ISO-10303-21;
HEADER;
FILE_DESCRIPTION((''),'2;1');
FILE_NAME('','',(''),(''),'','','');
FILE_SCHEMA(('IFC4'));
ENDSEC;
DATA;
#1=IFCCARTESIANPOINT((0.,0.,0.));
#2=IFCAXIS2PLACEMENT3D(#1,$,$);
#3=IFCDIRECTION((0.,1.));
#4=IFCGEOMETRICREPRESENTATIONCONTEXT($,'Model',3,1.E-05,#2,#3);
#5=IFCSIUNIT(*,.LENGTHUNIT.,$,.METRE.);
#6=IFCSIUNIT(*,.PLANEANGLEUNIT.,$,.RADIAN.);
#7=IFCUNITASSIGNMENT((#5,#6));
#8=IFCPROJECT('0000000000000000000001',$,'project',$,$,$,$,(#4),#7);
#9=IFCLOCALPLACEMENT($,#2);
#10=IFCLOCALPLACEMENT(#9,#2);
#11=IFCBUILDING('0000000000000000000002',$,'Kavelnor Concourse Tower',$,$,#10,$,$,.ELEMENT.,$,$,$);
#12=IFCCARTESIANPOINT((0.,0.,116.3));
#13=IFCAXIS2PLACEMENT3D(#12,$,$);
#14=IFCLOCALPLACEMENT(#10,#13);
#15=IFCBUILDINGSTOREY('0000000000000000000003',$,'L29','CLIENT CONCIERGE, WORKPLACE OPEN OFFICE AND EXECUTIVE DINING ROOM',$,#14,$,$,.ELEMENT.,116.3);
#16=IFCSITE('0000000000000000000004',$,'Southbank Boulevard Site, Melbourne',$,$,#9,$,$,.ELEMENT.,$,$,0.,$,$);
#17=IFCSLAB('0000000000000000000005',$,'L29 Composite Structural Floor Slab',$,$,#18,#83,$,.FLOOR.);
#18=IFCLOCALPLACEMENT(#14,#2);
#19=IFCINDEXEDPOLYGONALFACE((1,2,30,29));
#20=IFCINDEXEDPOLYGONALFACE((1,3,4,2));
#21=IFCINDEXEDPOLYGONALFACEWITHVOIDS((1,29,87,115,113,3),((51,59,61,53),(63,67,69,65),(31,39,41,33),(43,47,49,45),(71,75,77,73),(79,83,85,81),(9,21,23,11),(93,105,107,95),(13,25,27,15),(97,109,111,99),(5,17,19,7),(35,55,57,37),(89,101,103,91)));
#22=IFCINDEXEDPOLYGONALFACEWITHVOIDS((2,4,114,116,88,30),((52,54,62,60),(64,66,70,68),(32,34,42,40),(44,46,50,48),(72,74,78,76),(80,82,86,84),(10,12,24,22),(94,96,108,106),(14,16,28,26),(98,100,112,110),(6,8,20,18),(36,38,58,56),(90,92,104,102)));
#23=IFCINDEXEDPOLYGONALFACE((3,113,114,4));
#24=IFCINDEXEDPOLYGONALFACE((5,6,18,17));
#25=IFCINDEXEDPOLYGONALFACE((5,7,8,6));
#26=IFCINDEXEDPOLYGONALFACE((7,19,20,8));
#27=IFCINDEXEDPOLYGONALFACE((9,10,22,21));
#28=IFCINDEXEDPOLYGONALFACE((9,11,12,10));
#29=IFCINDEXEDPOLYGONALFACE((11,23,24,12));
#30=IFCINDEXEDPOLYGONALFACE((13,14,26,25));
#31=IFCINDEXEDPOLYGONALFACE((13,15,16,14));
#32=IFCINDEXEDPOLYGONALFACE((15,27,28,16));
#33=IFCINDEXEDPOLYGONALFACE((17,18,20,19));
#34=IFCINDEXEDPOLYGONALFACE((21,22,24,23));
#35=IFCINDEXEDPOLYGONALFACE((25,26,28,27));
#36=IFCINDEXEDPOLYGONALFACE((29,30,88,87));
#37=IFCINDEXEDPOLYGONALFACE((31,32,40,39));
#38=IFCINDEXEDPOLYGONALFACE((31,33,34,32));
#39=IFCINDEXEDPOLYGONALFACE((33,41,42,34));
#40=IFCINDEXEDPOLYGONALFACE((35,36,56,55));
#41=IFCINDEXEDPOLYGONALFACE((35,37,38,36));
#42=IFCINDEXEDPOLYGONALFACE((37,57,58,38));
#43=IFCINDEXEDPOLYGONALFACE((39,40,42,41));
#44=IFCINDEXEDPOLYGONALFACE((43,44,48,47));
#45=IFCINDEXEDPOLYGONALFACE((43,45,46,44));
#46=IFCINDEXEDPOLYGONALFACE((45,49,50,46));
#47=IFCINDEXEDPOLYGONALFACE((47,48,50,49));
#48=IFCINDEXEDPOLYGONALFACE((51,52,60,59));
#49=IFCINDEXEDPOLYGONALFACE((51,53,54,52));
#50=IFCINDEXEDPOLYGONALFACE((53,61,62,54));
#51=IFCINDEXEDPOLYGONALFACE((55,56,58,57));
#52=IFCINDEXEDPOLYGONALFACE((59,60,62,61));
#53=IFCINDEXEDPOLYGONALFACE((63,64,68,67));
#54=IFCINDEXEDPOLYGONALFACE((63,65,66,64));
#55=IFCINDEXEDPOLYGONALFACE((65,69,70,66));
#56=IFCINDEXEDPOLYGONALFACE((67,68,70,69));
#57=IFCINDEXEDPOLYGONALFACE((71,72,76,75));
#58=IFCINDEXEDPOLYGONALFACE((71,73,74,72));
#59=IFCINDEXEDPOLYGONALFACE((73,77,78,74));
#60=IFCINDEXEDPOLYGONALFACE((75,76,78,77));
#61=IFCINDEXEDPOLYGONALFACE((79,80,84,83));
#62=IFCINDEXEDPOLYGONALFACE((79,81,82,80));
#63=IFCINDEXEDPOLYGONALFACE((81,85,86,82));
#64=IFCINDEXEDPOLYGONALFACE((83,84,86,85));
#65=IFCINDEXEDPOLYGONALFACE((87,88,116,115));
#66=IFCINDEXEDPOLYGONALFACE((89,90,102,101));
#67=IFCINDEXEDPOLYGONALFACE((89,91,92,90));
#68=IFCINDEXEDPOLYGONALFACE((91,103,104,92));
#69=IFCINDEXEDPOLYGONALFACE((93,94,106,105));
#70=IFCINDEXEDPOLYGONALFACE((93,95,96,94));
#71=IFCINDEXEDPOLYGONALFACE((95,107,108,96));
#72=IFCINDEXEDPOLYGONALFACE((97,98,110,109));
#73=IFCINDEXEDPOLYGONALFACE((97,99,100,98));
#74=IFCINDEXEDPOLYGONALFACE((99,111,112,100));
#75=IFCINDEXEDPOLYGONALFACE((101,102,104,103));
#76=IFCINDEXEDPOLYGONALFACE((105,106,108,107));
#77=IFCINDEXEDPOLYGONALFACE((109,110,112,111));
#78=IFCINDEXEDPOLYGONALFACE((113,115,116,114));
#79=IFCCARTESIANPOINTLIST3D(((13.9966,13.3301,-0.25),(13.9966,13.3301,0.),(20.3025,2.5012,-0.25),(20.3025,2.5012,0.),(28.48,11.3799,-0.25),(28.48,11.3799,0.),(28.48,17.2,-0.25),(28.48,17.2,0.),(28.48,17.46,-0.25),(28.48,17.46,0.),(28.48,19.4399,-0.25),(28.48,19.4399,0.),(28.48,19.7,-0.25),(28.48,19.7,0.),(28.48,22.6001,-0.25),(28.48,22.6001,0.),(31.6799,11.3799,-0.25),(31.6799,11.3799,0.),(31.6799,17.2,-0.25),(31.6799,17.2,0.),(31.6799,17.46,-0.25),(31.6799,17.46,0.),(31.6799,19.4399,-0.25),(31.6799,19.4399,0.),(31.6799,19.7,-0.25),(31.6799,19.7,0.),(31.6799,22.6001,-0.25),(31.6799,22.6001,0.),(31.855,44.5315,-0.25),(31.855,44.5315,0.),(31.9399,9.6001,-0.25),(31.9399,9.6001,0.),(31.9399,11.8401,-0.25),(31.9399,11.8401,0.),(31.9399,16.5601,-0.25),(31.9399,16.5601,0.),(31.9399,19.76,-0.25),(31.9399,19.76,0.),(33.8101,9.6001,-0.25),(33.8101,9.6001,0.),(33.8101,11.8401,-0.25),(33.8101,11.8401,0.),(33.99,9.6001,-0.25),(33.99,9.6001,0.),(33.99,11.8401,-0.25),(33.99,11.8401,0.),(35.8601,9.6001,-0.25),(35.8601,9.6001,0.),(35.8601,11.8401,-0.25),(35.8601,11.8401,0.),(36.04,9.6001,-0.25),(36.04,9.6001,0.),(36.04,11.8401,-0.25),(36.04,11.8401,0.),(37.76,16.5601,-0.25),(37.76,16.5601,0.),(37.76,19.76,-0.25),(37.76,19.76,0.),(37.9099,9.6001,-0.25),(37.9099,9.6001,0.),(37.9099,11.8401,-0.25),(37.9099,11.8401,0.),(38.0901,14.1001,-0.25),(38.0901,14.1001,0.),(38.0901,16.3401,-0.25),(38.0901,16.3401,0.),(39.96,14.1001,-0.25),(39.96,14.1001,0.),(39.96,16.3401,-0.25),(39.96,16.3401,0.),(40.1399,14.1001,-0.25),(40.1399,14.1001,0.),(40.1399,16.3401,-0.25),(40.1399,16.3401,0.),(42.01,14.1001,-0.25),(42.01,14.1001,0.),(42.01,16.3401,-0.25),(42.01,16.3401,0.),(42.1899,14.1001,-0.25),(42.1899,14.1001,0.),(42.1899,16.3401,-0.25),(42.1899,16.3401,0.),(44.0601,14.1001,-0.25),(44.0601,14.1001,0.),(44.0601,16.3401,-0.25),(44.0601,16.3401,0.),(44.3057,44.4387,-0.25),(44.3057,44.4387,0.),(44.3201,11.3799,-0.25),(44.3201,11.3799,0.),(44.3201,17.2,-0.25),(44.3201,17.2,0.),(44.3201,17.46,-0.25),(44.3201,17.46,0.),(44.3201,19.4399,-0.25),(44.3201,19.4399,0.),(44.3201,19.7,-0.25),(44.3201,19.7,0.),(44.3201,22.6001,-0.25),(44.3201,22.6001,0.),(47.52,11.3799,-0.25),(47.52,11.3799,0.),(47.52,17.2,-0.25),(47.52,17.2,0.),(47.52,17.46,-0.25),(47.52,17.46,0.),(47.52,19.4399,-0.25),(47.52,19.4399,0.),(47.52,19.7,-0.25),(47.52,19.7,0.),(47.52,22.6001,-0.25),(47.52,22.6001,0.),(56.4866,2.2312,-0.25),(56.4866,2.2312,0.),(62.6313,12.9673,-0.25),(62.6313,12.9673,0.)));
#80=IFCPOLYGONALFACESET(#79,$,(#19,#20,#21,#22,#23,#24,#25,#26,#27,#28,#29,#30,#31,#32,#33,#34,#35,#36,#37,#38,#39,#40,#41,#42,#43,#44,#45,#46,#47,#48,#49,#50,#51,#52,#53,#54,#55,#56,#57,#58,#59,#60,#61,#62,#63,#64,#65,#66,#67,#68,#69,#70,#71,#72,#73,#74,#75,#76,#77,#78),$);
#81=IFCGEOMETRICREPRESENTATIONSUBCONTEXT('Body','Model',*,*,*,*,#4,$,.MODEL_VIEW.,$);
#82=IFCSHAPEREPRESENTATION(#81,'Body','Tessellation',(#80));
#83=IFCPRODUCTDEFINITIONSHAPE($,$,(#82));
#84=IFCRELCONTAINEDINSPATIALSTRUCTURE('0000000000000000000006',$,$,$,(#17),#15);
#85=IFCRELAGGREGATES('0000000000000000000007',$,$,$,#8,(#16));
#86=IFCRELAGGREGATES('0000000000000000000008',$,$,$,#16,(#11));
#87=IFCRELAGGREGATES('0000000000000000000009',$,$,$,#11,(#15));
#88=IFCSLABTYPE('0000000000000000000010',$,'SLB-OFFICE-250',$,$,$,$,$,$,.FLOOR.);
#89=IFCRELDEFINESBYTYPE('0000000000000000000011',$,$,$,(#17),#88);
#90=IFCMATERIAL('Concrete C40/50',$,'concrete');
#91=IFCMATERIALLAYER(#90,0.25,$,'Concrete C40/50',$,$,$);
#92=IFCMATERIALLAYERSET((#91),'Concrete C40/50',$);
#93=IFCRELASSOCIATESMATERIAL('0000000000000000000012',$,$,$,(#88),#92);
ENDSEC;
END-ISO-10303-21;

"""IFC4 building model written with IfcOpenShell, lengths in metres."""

from ifc_helpers import new_model, si_unit, direction, frame, origin, place, context, subcontext, project, spatial, polyline, outline, extrude, material, layer, layer_set, type_object, element, save


model = new_model("IFC4")

# Units and contexts
model_context = context("Model", 3, precision=1e-05, world=origin(), true_north=direction((0.0, 1.0)))
body_context = subcontext(model_context, "Body", "Model", "MODEL_VIEW")
ifc_project = project(units=[si_unit("LENGTHUNIT", "METRE"), si_unit("PLANEANGLEUNIT", "RADIAN")], contexts=[model_context])

# Site, building, storey
site_placement = place(None, origin())
site = spatial("IfcSite", under=ifc_project, at=site_placement, Name="Southbank Boulevard Site, Melbourne", CompositionType="ELEMENT", RefElevation=0.0)
building_placement = place(site_placement, origin())
building = spatial("IfcBuilding", under=site, at=building_placement, Name="Kavelnor Concourse Tower", CompositionType="ELEMENT")
storey_placement = place(building_placement, frame((0.0, 0.0, 116.3)))
storey = spatial("IfcBuildingStorey", under=building, at=storey_placement, Name="L29", Description="CLIENT CONCIERGE, WORKPLACE OPEN OFFICE AND EXECUTIVE DINING ROOM", CompositionType="ELEMENT", Elevation=116.3)

# Shared definitions
ifc_material_1 = material(Name="Concrete C40/50", Category="concrete")

# Slab
ifc_layer_1 = layer(ifc_material_1, 0.25, Name="Concrete C40/50")
ifc_layer_set_1 = layer_set([ifc_layer_1], Name="Concrete C40/50")
slab_type_1 = type_object("IfcSlabType", Name="SLB-OFFICE-250", PredefinedType="FLOOR", material=ifc_layer_set_1)
slab_1_placement = place(storey_placement, frame((0.0, 0.0, -0.25)))
element("IfcSlab", 1, at=slab_1_placement, inside=storey, type_object=slab_type_1, Name="L29 Composite Structural Floor Slab", PredefinedType="FLOOR", context=body_context, shape_type="SweptSolid", body=[
    extrude(outline(polyline([(44.3057, 44.4387), (31.855, 44.5315), (13.9966, 13.3301), (20.3025, 2.5012), (56.4866, 2.2312), (62.6313, 12.9673), (44.3057, 44.4387)]), holes=[polyline([(28.48, 11.3799), (31.6799, 11.3799), (31.6799, 17.2), (28.48, 17.2), (28.48, 11.3799)]), polyline([(44.3201, 11.3799), (47.52, 11.3799), (47.52, 17.2), (44.3201, 17.2), (44.3201, 11.3799)]), polyline([(31.9399, 16.5601), (37.76, 16.5601), (37.76, 19.76), (31.9399, 19.76), (31.9399, 16.5601)]), polyline([(28.48, 19.7), (31.6799, 19.7), (31.6799, 22.6001), (28.48, 22.6001), (28.48, 19.7)]), polyline([(44.3201, 19.7), (47.52, 19.7), (47.52, 22.6001), (44.3201, 22.6001), (44.3201, 19.7)]), polyline([(38.0901, 14.1001), (39.96, 14.1001), (39.96, 16.3401), (38.0901, 16.3401), (38.0901, 14.1001)]), polyline([(40.1399, 14.1001), (42.01, 14.1001), (42.01, 16.3401), (40.1399, 16.3401), (40.1399, 14.1001)]), polyline([(42.1899, 14.1001), (44.0601, 14.1001), (44.0601, 16.3401), (42.1899, 16.3401), (42.1899, 14.1001)]), polyline([(31.9399, 9.6001), (33.8101, 9.6001), (33.8101, 11.8401), (31.9399, 11.8401), (31.9399, 9.6001)]), polyline([(33.99, 9.6001), (35.8601, 9.6001), (35.8601, 11.8401), (33.99, 11.8401), (33.99, 9.6001)]), polyline([(36.04, 9.6001), (37.9099, 9.6001), (37.9099, 11.8401), (36.04, 11.8401), (36.04, 9.6001)]), polyline([(28.48, 17.46), (31.6799, 17.46), (31.6799, 19.4399), (28.48, 19.4399), (28.48, 17.46)]), polyline([(44.3201, 17.46), (47.52, 17.46), (47.52, 19.4399), (44.3201, 19.4399), (44.3201, 17.46)])]), origin(), (0.0, 0.0, 1.0), 0.25),
])

save(model, "model.ifc")
